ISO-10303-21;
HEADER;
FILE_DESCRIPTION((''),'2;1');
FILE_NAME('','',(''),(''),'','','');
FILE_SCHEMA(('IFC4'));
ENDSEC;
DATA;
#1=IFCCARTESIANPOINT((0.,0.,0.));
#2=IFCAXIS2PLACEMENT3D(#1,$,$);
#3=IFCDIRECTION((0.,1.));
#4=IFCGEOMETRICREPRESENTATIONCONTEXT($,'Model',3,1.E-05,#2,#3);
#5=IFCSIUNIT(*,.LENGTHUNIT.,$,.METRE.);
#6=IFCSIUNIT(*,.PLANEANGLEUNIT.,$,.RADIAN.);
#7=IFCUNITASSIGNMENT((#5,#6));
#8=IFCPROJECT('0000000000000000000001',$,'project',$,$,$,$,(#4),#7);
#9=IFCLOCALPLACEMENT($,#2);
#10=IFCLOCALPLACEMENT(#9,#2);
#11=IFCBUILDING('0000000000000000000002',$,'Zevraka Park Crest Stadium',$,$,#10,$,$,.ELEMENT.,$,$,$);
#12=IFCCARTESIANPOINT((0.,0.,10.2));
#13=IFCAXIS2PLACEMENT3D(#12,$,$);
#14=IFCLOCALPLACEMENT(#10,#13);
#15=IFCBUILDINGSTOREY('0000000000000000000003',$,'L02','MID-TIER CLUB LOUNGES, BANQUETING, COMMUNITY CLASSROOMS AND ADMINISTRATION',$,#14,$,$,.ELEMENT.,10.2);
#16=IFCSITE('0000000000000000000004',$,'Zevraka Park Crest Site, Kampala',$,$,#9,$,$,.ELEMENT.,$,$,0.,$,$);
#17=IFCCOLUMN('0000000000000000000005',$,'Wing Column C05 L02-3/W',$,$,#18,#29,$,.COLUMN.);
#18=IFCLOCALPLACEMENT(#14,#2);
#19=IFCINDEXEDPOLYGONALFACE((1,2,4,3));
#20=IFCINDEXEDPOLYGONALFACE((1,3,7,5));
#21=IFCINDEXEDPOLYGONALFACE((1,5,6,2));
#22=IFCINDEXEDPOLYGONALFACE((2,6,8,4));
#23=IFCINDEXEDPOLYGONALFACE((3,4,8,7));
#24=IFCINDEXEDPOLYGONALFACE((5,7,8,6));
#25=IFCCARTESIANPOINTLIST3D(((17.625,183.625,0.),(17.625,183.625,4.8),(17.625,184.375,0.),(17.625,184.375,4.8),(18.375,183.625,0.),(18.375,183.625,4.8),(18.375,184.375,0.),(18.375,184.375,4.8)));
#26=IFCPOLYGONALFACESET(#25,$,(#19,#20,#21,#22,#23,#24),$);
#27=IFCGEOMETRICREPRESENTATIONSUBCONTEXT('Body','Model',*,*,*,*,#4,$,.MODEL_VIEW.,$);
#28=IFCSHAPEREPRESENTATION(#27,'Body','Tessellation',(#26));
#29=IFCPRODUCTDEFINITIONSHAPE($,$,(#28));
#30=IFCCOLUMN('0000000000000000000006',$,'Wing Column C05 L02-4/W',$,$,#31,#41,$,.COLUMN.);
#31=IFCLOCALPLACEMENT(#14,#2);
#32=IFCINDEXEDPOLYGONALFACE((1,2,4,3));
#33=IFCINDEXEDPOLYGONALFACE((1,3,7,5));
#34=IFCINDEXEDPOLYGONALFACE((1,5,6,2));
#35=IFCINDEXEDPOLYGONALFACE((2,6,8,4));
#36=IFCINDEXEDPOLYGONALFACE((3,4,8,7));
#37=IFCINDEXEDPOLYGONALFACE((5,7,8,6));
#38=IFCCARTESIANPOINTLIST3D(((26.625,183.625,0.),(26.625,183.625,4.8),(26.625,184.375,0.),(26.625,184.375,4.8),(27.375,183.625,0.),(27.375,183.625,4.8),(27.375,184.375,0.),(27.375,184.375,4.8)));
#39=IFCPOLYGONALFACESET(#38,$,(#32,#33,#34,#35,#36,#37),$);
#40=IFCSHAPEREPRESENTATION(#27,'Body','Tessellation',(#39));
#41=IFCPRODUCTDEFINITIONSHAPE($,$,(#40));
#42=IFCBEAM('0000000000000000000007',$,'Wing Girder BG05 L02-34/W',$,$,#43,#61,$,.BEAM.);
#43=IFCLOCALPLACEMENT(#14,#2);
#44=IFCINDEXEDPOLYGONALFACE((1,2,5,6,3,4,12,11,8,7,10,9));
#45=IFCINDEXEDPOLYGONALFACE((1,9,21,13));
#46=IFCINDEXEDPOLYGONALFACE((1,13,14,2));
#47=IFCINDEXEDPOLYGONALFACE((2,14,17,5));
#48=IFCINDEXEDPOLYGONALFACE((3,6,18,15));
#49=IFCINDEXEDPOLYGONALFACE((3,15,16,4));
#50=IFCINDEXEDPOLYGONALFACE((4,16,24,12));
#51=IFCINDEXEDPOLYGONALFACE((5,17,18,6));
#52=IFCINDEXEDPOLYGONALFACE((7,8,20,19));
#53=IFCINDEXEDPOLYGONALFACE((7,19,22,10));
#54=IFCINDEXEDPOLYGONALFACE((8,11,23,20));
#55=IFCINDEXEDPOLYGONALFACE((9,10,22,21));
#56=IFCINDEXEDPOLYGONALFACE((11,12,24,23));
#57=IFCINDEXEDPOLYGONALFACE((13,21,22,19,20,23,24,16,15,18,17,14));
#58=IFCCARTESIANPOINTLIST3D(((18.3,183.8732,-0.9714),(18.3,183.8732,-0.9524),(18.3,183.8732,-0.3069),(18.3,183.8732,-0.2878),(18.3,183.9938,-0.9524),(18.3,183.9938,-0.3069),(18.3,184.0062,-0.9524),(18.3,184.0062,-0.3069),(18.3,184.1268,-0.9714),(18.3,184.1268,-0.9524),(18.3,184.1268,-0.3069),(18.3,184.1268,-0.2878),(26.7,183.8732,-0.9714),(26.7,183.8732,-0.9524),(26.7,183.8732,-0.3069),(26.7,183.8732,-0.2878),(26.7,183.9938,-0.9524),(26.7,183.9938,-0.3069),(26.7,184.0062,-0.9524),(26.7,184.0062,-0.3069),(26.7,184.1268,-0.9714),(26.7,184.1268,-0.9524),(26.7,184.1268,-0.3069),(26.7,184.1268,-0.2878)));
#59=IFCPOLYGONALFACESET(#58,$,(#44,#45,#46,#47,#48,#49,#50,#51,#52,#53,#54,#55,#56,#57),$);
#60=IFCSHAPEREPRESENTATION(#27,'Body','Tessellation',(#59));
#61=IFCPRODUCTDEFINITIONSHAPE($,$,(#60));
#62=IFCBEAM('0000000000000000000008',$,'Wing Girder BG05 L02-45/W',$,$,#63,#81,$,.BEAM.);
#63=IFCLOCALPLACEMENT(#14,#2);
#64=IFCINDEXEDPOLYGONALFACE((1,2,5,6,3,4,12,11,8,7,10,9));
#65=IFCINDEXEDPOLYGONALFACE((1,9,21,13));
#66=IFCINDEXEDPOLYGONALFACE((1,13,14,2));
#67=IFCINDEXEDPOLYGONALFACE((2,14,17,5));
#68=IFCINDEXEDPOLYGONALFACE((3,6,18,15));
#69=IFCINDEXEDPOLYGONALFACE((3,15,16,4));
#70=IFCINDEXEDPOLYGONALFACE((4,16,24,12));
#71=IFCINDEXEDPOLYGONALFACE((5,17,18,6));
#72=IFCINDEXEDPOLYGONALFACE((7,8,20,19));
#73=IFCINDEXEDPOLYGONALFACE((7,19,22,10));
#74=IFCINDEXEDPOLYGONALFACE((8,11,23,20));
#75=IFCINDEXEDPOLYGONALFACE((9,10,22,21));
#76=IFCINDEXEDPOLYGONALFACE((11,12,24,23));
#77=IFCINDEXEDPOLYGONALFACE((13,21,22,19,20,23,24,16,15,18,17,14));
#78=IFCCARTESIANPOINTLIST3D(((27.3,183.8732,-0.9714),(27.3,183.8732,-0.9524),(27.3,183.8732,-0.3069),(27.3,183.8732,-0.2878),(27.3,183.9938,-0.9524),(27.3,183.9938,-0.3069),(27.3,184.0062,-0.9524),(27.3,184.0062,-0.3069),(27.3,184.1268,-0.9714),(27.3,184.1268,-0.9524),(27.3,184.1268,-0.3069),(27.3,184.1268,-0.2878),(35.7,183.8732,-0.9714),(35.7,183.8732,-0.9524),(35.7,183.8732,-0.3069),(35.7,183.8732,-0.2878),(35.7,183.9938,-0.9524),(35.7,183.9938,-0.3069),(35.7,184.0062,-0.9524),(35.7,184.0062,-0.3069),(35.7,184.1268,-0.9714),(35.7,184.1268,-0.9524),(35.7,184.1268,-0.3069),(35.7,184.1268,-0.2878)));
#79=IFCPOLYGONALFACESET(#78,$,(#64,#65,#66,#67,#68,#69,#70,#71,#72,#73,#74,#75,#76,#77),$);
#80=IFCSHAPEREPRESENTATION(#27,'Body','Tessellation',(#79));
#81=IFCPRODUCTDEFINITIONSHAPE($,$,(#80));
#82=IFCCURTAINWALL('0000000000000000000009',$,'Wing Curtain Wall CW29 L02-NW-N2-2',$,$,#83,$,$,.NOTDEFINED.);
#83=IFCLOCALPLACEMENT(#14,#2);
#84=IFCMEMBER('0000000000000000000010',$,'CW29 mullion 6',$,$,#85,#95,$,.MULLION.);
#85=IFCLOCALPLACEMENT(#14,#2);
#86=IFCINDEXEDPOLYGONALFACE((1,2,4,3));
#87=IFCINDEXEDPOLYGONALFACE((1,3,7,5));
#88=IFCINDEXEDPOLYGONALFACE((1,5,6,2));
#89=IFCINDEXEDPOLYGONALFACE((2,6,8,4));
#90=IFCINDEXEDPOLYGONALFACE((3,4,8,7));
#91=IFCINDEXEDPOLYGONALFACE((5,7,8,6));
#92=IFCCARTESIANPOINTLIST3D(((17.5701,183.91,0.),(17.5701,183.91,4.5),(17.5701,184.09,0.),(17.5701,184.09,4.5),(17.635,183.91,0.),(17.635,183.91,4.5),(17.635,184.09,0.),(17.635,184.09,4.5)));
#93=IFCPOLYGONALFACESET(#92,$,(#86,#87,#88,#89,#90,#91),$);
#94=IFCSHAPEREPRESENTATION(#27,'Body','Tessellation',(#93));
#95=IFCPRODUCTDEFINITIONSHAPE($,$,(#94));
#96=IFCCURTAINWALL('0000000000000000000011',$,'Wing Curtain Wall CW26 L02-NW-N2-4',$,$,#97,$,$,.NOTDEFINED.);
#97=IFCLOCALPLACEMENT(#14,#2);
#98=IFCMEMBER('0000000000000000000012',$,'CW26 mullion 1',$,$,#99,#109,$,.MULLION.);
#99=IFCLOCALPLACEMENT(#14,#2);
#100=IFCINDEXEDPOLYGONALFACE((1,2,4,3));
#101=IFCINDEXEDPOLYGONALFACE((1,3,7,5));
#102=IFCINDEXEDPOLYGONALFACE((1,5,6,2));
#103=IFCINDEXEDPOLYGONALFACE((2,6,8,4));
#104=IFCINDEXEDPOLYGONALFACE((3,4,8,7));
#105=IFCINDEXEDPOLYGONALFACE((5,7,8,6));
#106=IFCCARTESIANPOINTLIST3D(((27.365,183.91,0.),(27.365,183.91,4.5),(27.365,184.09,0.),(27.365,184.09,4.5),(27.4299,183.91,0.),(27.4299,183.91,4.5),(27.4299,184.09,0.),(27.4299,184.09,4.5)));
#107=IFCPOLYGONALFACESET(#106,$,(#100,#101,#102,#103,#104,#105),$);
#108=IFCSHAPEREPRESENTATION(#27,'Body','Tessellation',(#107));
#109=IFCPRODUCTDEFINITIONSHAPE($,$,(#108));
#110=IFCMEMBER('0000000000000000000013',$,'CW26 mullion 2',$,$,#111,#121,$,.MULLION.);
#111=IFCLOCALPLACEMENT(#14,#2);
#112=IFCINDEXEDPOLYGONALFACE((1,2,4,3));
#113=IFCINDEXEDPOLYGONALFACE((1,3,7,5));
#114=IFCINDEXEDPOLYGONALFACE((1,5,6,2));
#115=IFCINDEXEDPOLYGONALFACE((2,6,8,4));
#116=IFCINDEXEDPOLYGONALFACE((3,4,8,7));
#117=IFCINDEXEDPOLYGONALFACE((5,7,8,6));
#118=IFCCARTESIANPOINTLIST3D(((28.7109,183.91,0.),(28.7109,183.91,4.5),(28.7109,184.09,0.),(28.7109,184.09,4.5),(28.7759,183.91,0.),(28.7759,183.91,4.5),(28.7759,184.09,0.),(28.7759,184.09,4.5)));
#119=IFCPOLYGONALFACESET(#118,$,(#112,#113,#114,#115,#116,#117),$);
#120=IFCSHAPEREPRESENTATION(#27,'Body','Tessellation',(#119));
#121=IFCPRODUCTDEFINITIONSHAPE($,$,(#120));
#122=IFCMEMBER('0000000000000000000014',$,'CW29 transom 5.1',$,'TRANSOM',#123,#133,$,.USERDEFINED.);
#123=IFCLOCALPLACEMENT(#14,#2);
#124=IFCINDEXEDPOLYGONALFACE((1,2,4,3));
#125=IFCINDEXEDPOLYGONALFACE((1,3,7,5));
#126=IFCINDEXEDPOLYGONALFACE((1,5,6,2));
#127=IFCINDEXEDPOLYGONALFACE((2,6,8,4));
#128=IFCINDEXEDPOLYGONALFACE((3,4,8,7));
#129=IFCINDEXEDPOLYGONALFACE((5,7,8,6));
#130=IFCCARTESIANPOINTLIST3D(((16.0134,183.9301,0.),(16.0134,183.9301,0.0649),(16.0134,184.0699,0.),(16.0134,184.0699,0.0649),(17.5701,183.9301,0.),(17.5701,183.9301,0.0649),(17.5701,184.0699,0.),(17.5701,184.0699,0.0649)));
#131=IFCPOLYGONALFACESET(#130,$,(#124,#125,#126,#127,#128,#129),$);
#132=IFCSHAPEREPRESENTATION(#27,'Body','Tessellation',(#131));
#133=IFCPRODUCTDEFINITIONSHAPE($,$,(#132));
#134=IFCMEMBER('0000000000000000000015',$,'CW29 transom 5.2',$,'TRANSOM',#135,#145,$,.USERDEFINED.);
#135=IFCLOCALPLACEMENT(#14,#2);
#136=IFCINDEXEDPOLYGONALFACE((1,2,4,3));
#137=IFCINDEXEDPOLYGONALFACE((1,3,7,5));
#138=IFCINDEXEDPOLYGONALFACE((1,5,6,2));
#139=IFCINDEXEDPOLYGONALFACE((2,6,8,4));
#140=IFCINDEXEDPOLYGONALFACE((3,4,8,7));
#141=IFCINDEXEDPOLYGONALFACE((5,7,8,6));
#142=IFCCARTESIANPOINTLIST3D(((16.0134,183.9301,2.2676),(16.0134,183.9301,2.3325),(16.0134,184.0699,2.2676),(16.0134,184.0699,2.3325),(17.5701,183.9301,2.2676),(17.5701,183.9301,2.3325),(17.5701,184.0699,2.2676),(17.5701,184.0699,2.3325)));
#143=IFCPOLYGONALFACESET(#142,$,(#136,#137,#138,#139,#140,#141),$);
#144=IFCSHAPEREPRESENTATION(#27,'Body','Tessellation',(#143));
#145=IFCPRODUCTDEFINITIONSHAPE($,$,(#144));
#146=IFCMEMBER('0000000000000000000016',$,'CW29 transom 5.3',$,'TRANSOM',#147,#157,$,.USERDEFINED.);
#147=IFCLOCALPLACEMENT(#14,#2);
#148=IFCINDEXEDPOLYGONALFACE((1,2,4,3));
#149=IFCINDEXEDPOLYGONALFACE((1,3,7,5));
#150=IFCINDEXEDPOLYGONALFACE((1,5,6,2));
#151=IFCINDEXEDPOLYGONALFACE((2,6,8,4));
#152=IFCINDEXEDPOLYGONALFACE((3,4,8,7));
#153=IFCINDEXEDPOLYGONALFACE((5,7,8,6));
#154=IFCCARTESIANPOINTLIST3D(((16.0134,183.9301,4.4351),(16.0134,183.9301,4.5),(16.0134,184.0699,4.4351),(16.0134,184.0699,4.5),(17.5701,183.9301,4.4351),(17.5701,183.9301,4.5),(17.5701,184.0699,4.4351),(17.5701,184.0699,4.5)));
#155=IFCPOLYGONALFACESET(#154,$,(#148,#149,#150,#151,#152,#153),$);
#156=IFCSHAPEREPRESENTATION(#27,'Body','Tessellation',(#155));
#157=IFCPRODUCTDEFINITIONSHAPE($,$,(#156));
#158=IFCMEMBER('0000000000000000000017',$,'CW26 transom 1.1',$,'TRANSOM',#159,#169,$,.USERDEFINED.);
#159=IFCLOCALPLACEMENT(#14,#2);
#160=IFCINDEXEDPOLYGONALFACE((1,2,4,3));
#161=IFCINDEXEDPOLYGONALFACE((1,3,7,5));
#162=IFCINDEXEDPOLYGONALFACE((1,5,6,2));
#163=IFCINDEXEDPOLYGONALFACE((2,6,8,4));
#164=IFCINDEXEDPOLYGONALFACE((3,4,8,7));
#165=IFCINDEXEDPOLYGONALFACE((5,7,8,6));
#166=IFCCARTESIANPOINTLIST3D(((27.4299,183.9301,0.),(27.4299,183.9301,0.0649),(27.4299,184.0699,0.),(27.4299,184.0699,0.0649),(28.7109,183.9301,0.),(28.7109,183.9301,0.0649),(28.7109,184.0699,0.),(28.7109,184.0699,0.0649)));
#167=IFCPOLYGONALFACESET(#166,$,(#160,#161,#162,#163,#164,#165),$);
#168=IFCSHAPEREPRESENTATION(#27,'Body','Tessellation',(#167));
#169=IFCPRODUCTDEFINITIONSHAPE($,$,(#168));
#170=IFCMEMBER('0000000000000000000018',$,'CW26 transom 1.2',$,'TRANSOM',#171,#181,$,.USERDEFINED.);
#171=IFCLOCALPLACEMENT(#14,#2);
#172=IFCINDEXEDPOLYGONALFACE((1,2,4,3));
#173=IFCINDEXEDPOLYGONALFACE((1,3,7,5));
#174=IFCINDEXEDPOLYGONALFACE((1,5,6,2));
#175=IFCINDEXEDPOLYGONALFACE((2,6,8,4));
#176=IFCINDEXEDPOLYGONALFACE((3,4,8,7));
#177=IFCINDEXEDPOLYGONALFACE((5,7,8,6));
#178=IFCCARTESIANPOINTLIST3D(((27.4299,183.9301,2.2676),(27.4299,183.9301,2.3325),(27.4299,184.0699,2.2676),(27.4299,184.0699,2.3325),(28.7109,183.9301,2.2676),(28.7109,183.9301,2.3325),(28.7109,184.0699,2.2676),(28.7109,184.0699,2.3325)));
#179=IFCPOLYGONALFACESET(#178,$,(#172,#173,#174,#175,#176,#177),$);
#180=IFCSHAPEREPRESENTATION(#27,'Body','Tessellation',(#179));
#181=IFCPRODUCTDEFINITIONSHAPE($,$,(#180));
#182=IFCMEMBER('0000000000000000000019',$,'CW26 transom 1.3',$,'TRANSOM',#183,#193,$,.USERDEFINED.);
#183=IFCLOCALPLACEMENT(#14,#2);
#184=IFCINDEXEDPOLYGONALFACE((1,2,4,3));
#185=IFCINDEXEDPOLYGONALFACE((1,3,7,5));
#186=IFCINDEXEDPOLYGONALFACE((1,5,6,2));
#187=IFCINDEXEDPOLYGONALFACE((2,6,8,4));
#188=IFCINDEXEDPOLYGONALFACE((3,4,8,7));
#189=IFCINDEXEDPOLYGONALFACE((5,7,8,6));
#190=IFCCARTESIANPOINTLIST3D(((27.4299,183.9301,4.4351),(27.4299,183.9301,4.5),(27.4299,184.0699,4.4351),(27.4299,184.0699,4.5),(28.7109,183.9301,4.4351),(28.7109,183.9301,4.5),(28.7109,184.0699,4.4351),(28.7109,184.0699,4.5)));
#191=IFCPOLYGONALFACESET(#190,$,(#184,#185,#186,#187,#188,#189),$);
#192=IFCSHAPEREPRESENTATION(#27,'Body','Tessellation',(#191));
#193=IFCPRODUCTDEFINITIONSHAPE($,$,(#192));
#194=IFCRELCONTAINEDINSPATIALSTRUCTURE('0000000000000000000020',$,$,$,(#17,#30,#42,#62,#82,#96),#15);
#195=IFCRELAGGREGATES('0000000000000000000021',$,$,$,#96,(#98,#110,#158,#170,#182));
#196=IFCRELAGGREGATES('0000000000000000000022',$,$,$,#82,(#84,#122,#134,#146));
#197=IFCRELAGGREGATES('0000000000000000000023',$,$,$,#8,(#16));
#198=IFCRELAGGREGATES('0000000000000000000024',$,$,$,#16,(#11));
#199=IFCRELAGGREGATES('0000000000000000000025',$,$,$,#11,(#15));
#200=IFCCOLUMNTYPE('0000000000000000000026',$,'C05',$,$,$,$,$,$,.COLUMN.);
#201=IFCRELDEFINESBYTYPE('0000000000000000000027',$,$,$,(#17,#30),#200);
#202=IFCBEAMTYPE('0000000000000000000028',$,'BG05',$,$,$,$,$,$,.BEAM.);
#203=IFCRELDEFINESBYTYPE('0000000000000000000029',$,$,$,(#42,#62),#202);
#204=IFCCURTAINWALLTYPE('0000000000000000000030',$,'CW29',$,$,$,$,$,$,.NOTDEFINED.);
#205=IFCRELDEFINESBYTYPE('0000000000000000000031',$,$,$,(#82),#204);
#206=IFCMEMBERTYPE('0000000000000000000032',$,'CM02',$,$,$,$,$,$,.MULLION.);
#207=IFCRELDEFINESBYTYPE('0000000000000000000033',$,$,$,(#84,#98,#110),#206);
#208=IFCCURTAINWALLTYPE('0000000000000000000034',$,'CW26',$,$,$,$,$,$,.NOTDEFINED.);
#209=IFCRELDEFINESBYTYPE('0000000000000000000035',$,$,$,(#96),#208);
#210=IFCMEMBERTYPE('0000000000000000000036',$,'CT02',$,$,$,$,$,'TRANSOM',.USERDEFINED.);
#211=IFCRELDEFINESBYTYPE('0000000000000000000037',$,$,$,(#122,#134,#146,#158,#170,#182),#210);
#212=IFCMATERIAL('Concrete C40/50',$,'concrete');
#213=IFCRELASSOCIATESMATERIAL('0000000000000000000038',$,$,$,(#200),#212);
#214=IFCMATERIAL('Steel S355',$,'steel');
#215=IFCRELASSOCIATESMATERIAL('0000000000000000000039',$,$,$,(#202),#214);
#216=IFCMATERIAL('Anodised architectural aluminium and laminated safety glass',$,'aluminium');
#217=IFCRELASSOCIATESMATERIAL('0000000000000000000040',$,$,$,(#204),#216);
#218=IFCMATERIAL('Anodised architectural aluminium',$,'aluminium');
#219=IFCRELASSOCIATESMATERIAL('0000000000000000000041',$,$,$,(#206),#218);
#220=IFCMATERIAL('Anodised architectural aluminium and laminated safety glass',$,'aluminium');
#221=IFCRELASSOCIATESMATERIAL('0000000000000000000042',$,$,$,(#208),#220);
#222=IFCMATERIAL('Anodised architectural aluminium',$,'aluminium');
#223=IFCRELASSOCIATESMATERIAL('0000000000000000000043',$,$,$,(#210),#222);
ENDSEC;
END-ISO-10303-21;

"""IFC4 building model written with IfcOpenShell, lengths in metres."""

from ifc_helpers import new_model, si_unit, direction, frame, origin, origin_2d, place, context, subcontext, project, spatial, rectangle, i_section, extrude, material, material_profile, profile_set, type_object, element, aggregate, save


model = new_model("IFC4")

# Units and contexts
model_context = context("Model", 3, precision=1e-05, world=origin(), true_north=direction((0.0, 1.0)))
body_context = subcontext(model_context, "Body", "Model", "MODEL_VIEW")
ifc_project = project(units=[si_unit("LENGTHUNIT", "METRE"), si_unit("PLANEANGLEUNIT", "RADIAN")], contexts=[model_context])

# Site, building, storey
site_placement = place(None, origin())
site = spatial("IfcSite", under=ifc_project, at=site_placement, Name="Zevraka Park Crest Site, Kampala", CompositionType="ELEMENT", RefElevation=0.0)
building_placement = place(site_placement, origin())
building = spatial("IfcBuilding", under=site, at=building_placement, Name="Zevraka Park Crest Stadium", CompositionType="ELEMENT")
storey_placement = place(building_placement, frame((0.0, 0.0, 10.2)))
storey = spatial("IfcBuildingStorey", under=building, at=storey_placement, Name="L02", Description="MID-TIER CLUB LOUNGES, BANQUETING, COMMUNITY CLASSROOMS AND ADMINISTRATION", CompositionType="ELEMENT", Elevation=10.2)

# Columns
ifc_material_1 = material(Name="Concrete C40/50", Category="concrete")
ifc_material_profile_1 = material_profile(ifc_material_1, rectangle(XDim=0.75, YDim=0.75, at=origin_2d()), Name="RC 750x750")
ifc_profile_set_1 = profile_set([ifc_material_profile_1], Name="Concrete C40/50")
column_type = type_object("IfcColumnType", Name="C05", PredefinedType="COLUMN", material=ifc_profile_set_1)
for number, where, z_axis, x_axis, name in (
    (1, (18.0, 184.0, 0.0), (0.0, 0.0, 1.0), (1.0, 0.0, 0.0), "Wing Column C05 L02-3/W"),
    (2, (27.0, 184.0, 0.0), (0.0, 0.0, 1.0), (1.0, 0.0, 0.0), "Wing Column C05 L02-4/W"),
):
    element("IfcColumn", number, at=place(storey_placement, frame(where, z_axis=z_axis, x_axis=x_axis)), inside=storey, type_object=column_type, Name=name, PredefinedType="COLUMN", context=body_context, shape_type="SweptSolid", body=[
        extrude(rectangle(XDim=0.75, YDim=0.75, at=origin_2d()), origin(), (0.0, 0.0, 1.0), 4.8),
    ])

# Beams
ifc_material_2 = material(Name="Steel S355", Category="steel")
ifc_material_profile_2 = material_profile(ifc_material_2, i_section(OverallWidth=0.2537, OverallDepth=0.6836, WebThickness=0.0125, FlangeThickness=0.019, at=origin_2d()), Name="UKB 686x254x140")
ifc_profile_set_2 = profile_set([ifc_material_profile_2], Name="Steel S355")
beam_type_1 = type_object("IfcBeamType", Name="BG05", PredefinedType="BEAM", material=ifc_profile_set_2)
for number, where, z_axis, x_axis, name in (
    (3, (18.3, 184.0, -0.6296), (1.0, 0.0, 0.0), (0.0, 1.0, 0.0), "Wing Girder BG05 L02-34/W"),
    (4, (27.3, 184.0, -0.6296), (1.0, 0.0, 0.0), (0.0, 1.0, 0.0), "Wing Girder BG05 L02-45/W"),
):
    element("IfcBeam", number, at=place(storey_placement, frame(where, z_axis=z_axis, x_axis=x_axis)), inside=storey, type_object=beam_type_1, Name=name, PredefinedType="BEAM", context=body_context, shape_type="SweptSolid", body=[
        extrude(i_section(OverallWidth=0.2537, OverallDepth=0.6836, WebThickness=0.0125, FlangeThickness=0.019, at=origin_2d()), origin(), (0.0, 0.0, 1.0), 8.3999),
    ])

# Curtain wall, member
ifc_material_3 = material(Name="Anodised architectural aluminium and laminated safety glass", Category="aluminium")
curtain_wall_type_1 = type_object("IfcCurtainWallType", Name="CW29", PredefinedType="NOTDEFINED", material=ifc_material_3)
curtain_wall_1_placement = place(storey_placement, origin())
curtain_wall_1 = element("IfcCurtainWall", 5, at=curtain_wall_1_placement, inside=storey, type_object=curtain_wall_type_1, Name="Wing Curtain Wall CW29 L02-NW-N2-2", PredefinedType="NOTDEFINED")
ifc_material_4 = material(Name="Anodised architectural aluminium", Category="aluminium")
ifc_material_profile_3 = material_profile(ifc_material_4, rectangle(XDim=0.1799, YDim=0.0649, at=origin_2d()), Name="ALU MULLION 180x65")
ifc_profile_set_3 = profile_set([ifc_material_profile_3], Name="Anodised architectural aluminium")
member_type_1 = type_object("IfcMemberType", Name="CM02", PredefinedType="MULLION", material=ifc_profile_set_3)
member_1_placement = place(storey_placement, frame((17.6025, 184.0, 0.0), z_axis=(0.0, 0.0, 1.0), x_axis=(0.0, 1.0, 0.0)))
member_1 = element("IfcMember", 6, at=member_1_placement, type_object=member_type_1, Name="CW29 mullion 6", PredefinedType="MULLION", context=body_context, shape_type="SweptSolid", body=[
    extrude(rectangle(XDim=0.1799, YDim=0.0649, at=origin_2d()), origin(), (0.0, 0.0, 1.0), 4.5),
])

# Curtain wall, members
ifc_material_5 = material(Name="Anodised architectural aluminium and laminated safety glass", Category="aluminium")
curtain_wall_type_2 = type_object("IfcCurtainWallType", Name="CW26", PredefinedType="NOTDEFINED", material=ifc_material_5)
curtain_wall_2_placement = place(storey_placement, origin())
curtain_wall_2 = element("IfcCurtainWall", 7, at=curtain_wall_2_placement, inside=storey, type_object=curtain_wall_type_2, Name="Wing Curtain Wall CW26 L02-NW-N2-4", PredefinedType="NOTDEFINED")
member_2_placement = place(storey_placement, frame((27.3975, 184.0, 0.0), z_axis=(0.0, 0.0, 1.0), x_axis=(0.0, 1.0, 0.0)))
member_2 = element("IfcMember", 8, at=member_2_placement, type_object=member_type_1, Name="CW26 mullion 1", PredefinedType="MULLION", context=body_context, shape_type="SweptSolid", body=[
    extrude(rectangle(XDim=0.1799, YDim=0.0649, at=origin_2d()), origin(), (0.0, 0.0, 1.0), 4.5),
])
member_3_placement = place(storey_placement, frame((28.7434, 184.0, 0.0), z_axis=(0.0, 0.0, 1.0), x_axis=(0.0, 1.0, 0.0)))
member_3 = element("IfcMember", 9, at=member_3_placement, type_object=member_type_1, Name="CW26 mullion 2", PredefinedType="MULLION", context=body_context, shape_type="SweptSolid", body=[
    extrude(rectangle(XDim=0.1799, YDim=0.0649, at=origin_2d()), origin(), (0.0, 0.0, 1.0), 4.5),
])

# Members
ifc_material_6 = material(Name="Anodised architectural aluminium", Category="aluminium")
ifc_material_profile_4 = material_profile(ifc_material_6, rectangle(XDim=0.1399, YDim=0.0649, at=origin_2d()), Name="ALU TRANSOM 140x65")
ifc_profile_set_4 = profile_set([ifc_material_profile_4], Name="Anodised architectural aluminium")
member_type_2 = type_object("IfcMemberType", Name="CT02", ElementType="TRANSOM", PredefinedType="USERDEFINED", material=ifc_profile_set_4)
member_4_placement = place(storey_placement, frame((16.0134, 184.0, 0.0325), z_axis=(1.0, 0.0, 0.0), x_axis=(0.0, 1.0, 0.0)))
member_4 = element("IfcMember", 10, at=member_4_placement, type_object=member_type_2, Name="CW29 transom 5.1", ObjectType="TRANSOM", PredefinedType="USERDEFINED", context=body_context, shape_type="SweptSolid", body=[
    extrude(rectangle(XDim=0.1399, YDim=0.0649, at=origin_2d()), origin(), (0.0, 0.0, 1.0), 1.5566),
])
member_5_placement = place(storey_placement, frame((16.0134, 184.0, 2.3), z_axis=(1.0, 0.0, 0.0), x_axis=(0.0, 1.0, 0.0)))
member_5 = element("IfcMember", 11, at=member_5_placement, type_object=member_type_2, Name="CW29 transom 5.2", ObjectType="TRANSOM", PredefinedType="USERDEFINED", context=body_context, shape_type="SweptSolid", body=[
    extrude(rectangle(XDim=0.1399, YDim=0.0649, at=origin_2d()), origin(), (0.0, 0.0, 1.0), 1.5566),
])
member_6_placement = place(storey_placement, frame((16.0134, 184.0, 4.4675), z_axis=(1.0, 0.0, 0.0), x_axis=(0.0, 1.0, 0.0)))
member_6 = element("IfcMember", 12, at=member_6_placement, type_object=member_type_2, Name="CW29 transom 5.3", ObjectType="TRANSOM", PredefinedType="USERDEFINED", context=body_context, shape_type="SweptSolid", body=[
    extrude(rectangle(XDim=0.1399, YDim=0.0649, at=origin_2d()), origin(), (0.0, 0.0, 1.0), 1.5566),
])
member_7_placement = place(storey_placement, frame((27.4299, 184.0, 0.0325), z_axis=(1.0, 0.0, 0.0), x_axis=(0.0, 1.0, 0.0)))
member_7 = element("IfcMember", 13, at=member_7_placement, type_object=member_type_2, Name="CW26 transom 1.1", ObjectType="TRANSOM", PredefinedType="USERDEFINED", context=body_context, shape_type="SweptSolid", body=[
    extrude(rectangle(XDim=0.1399, YDim=0.0649, at=origin_2d()), origin(), (0.0, 0.0, 1.0), 1.281),
])
member_8_placement = place(storey_placement, frame((27.4299, 184.0, 2.3), z_axis=(1.0, 0.0, 0.0), x_axis=(0.0, 1.0, 0.0)))
member_8 = element("IfcMember", 14, at=member_8_placement, type_object=member_type_2, Name="CW26 transom 1.2", ObjectType="TRANSOM", PredefinedType="USERDEFINED", context=body_context, shape_type="SweptSolid", body=[
    extrude(rectangle(XDim=0.1399, YDim=0.0649, at=origin_2d()), origin(), (0.0, 0.0, 1.0), 1.281),
])
member_9_placement = place(storey_placement, frame((27.4299, 184.0, 4.4675), z_axis=(1.0, 0.0, 0.0), x_axis=(0.0, 1.0, 0.0)))
member_9 = element("IfcMember", 15, at=member_9_placement, type_object=member_type_2, Name="CW26 transom 1.3", ObjectType="TRANSOM", PredefinedType="USERDEFINED", context=body_context, shape_type="SweptSolid", body=[
    extrude(rectangle(XDim=0.1399, YDim=0.0649, at=origin_2d()), origin(), (0.0, 0.0, 1.0), 1.281),
])

aggregate(curtain_wall_2, [member_2, member_3, member_7, member_8, member_9])
aggregate(curtain_wall_1, [member_1, member_4, member_5, member_6])

save(model, "model.ifc")
